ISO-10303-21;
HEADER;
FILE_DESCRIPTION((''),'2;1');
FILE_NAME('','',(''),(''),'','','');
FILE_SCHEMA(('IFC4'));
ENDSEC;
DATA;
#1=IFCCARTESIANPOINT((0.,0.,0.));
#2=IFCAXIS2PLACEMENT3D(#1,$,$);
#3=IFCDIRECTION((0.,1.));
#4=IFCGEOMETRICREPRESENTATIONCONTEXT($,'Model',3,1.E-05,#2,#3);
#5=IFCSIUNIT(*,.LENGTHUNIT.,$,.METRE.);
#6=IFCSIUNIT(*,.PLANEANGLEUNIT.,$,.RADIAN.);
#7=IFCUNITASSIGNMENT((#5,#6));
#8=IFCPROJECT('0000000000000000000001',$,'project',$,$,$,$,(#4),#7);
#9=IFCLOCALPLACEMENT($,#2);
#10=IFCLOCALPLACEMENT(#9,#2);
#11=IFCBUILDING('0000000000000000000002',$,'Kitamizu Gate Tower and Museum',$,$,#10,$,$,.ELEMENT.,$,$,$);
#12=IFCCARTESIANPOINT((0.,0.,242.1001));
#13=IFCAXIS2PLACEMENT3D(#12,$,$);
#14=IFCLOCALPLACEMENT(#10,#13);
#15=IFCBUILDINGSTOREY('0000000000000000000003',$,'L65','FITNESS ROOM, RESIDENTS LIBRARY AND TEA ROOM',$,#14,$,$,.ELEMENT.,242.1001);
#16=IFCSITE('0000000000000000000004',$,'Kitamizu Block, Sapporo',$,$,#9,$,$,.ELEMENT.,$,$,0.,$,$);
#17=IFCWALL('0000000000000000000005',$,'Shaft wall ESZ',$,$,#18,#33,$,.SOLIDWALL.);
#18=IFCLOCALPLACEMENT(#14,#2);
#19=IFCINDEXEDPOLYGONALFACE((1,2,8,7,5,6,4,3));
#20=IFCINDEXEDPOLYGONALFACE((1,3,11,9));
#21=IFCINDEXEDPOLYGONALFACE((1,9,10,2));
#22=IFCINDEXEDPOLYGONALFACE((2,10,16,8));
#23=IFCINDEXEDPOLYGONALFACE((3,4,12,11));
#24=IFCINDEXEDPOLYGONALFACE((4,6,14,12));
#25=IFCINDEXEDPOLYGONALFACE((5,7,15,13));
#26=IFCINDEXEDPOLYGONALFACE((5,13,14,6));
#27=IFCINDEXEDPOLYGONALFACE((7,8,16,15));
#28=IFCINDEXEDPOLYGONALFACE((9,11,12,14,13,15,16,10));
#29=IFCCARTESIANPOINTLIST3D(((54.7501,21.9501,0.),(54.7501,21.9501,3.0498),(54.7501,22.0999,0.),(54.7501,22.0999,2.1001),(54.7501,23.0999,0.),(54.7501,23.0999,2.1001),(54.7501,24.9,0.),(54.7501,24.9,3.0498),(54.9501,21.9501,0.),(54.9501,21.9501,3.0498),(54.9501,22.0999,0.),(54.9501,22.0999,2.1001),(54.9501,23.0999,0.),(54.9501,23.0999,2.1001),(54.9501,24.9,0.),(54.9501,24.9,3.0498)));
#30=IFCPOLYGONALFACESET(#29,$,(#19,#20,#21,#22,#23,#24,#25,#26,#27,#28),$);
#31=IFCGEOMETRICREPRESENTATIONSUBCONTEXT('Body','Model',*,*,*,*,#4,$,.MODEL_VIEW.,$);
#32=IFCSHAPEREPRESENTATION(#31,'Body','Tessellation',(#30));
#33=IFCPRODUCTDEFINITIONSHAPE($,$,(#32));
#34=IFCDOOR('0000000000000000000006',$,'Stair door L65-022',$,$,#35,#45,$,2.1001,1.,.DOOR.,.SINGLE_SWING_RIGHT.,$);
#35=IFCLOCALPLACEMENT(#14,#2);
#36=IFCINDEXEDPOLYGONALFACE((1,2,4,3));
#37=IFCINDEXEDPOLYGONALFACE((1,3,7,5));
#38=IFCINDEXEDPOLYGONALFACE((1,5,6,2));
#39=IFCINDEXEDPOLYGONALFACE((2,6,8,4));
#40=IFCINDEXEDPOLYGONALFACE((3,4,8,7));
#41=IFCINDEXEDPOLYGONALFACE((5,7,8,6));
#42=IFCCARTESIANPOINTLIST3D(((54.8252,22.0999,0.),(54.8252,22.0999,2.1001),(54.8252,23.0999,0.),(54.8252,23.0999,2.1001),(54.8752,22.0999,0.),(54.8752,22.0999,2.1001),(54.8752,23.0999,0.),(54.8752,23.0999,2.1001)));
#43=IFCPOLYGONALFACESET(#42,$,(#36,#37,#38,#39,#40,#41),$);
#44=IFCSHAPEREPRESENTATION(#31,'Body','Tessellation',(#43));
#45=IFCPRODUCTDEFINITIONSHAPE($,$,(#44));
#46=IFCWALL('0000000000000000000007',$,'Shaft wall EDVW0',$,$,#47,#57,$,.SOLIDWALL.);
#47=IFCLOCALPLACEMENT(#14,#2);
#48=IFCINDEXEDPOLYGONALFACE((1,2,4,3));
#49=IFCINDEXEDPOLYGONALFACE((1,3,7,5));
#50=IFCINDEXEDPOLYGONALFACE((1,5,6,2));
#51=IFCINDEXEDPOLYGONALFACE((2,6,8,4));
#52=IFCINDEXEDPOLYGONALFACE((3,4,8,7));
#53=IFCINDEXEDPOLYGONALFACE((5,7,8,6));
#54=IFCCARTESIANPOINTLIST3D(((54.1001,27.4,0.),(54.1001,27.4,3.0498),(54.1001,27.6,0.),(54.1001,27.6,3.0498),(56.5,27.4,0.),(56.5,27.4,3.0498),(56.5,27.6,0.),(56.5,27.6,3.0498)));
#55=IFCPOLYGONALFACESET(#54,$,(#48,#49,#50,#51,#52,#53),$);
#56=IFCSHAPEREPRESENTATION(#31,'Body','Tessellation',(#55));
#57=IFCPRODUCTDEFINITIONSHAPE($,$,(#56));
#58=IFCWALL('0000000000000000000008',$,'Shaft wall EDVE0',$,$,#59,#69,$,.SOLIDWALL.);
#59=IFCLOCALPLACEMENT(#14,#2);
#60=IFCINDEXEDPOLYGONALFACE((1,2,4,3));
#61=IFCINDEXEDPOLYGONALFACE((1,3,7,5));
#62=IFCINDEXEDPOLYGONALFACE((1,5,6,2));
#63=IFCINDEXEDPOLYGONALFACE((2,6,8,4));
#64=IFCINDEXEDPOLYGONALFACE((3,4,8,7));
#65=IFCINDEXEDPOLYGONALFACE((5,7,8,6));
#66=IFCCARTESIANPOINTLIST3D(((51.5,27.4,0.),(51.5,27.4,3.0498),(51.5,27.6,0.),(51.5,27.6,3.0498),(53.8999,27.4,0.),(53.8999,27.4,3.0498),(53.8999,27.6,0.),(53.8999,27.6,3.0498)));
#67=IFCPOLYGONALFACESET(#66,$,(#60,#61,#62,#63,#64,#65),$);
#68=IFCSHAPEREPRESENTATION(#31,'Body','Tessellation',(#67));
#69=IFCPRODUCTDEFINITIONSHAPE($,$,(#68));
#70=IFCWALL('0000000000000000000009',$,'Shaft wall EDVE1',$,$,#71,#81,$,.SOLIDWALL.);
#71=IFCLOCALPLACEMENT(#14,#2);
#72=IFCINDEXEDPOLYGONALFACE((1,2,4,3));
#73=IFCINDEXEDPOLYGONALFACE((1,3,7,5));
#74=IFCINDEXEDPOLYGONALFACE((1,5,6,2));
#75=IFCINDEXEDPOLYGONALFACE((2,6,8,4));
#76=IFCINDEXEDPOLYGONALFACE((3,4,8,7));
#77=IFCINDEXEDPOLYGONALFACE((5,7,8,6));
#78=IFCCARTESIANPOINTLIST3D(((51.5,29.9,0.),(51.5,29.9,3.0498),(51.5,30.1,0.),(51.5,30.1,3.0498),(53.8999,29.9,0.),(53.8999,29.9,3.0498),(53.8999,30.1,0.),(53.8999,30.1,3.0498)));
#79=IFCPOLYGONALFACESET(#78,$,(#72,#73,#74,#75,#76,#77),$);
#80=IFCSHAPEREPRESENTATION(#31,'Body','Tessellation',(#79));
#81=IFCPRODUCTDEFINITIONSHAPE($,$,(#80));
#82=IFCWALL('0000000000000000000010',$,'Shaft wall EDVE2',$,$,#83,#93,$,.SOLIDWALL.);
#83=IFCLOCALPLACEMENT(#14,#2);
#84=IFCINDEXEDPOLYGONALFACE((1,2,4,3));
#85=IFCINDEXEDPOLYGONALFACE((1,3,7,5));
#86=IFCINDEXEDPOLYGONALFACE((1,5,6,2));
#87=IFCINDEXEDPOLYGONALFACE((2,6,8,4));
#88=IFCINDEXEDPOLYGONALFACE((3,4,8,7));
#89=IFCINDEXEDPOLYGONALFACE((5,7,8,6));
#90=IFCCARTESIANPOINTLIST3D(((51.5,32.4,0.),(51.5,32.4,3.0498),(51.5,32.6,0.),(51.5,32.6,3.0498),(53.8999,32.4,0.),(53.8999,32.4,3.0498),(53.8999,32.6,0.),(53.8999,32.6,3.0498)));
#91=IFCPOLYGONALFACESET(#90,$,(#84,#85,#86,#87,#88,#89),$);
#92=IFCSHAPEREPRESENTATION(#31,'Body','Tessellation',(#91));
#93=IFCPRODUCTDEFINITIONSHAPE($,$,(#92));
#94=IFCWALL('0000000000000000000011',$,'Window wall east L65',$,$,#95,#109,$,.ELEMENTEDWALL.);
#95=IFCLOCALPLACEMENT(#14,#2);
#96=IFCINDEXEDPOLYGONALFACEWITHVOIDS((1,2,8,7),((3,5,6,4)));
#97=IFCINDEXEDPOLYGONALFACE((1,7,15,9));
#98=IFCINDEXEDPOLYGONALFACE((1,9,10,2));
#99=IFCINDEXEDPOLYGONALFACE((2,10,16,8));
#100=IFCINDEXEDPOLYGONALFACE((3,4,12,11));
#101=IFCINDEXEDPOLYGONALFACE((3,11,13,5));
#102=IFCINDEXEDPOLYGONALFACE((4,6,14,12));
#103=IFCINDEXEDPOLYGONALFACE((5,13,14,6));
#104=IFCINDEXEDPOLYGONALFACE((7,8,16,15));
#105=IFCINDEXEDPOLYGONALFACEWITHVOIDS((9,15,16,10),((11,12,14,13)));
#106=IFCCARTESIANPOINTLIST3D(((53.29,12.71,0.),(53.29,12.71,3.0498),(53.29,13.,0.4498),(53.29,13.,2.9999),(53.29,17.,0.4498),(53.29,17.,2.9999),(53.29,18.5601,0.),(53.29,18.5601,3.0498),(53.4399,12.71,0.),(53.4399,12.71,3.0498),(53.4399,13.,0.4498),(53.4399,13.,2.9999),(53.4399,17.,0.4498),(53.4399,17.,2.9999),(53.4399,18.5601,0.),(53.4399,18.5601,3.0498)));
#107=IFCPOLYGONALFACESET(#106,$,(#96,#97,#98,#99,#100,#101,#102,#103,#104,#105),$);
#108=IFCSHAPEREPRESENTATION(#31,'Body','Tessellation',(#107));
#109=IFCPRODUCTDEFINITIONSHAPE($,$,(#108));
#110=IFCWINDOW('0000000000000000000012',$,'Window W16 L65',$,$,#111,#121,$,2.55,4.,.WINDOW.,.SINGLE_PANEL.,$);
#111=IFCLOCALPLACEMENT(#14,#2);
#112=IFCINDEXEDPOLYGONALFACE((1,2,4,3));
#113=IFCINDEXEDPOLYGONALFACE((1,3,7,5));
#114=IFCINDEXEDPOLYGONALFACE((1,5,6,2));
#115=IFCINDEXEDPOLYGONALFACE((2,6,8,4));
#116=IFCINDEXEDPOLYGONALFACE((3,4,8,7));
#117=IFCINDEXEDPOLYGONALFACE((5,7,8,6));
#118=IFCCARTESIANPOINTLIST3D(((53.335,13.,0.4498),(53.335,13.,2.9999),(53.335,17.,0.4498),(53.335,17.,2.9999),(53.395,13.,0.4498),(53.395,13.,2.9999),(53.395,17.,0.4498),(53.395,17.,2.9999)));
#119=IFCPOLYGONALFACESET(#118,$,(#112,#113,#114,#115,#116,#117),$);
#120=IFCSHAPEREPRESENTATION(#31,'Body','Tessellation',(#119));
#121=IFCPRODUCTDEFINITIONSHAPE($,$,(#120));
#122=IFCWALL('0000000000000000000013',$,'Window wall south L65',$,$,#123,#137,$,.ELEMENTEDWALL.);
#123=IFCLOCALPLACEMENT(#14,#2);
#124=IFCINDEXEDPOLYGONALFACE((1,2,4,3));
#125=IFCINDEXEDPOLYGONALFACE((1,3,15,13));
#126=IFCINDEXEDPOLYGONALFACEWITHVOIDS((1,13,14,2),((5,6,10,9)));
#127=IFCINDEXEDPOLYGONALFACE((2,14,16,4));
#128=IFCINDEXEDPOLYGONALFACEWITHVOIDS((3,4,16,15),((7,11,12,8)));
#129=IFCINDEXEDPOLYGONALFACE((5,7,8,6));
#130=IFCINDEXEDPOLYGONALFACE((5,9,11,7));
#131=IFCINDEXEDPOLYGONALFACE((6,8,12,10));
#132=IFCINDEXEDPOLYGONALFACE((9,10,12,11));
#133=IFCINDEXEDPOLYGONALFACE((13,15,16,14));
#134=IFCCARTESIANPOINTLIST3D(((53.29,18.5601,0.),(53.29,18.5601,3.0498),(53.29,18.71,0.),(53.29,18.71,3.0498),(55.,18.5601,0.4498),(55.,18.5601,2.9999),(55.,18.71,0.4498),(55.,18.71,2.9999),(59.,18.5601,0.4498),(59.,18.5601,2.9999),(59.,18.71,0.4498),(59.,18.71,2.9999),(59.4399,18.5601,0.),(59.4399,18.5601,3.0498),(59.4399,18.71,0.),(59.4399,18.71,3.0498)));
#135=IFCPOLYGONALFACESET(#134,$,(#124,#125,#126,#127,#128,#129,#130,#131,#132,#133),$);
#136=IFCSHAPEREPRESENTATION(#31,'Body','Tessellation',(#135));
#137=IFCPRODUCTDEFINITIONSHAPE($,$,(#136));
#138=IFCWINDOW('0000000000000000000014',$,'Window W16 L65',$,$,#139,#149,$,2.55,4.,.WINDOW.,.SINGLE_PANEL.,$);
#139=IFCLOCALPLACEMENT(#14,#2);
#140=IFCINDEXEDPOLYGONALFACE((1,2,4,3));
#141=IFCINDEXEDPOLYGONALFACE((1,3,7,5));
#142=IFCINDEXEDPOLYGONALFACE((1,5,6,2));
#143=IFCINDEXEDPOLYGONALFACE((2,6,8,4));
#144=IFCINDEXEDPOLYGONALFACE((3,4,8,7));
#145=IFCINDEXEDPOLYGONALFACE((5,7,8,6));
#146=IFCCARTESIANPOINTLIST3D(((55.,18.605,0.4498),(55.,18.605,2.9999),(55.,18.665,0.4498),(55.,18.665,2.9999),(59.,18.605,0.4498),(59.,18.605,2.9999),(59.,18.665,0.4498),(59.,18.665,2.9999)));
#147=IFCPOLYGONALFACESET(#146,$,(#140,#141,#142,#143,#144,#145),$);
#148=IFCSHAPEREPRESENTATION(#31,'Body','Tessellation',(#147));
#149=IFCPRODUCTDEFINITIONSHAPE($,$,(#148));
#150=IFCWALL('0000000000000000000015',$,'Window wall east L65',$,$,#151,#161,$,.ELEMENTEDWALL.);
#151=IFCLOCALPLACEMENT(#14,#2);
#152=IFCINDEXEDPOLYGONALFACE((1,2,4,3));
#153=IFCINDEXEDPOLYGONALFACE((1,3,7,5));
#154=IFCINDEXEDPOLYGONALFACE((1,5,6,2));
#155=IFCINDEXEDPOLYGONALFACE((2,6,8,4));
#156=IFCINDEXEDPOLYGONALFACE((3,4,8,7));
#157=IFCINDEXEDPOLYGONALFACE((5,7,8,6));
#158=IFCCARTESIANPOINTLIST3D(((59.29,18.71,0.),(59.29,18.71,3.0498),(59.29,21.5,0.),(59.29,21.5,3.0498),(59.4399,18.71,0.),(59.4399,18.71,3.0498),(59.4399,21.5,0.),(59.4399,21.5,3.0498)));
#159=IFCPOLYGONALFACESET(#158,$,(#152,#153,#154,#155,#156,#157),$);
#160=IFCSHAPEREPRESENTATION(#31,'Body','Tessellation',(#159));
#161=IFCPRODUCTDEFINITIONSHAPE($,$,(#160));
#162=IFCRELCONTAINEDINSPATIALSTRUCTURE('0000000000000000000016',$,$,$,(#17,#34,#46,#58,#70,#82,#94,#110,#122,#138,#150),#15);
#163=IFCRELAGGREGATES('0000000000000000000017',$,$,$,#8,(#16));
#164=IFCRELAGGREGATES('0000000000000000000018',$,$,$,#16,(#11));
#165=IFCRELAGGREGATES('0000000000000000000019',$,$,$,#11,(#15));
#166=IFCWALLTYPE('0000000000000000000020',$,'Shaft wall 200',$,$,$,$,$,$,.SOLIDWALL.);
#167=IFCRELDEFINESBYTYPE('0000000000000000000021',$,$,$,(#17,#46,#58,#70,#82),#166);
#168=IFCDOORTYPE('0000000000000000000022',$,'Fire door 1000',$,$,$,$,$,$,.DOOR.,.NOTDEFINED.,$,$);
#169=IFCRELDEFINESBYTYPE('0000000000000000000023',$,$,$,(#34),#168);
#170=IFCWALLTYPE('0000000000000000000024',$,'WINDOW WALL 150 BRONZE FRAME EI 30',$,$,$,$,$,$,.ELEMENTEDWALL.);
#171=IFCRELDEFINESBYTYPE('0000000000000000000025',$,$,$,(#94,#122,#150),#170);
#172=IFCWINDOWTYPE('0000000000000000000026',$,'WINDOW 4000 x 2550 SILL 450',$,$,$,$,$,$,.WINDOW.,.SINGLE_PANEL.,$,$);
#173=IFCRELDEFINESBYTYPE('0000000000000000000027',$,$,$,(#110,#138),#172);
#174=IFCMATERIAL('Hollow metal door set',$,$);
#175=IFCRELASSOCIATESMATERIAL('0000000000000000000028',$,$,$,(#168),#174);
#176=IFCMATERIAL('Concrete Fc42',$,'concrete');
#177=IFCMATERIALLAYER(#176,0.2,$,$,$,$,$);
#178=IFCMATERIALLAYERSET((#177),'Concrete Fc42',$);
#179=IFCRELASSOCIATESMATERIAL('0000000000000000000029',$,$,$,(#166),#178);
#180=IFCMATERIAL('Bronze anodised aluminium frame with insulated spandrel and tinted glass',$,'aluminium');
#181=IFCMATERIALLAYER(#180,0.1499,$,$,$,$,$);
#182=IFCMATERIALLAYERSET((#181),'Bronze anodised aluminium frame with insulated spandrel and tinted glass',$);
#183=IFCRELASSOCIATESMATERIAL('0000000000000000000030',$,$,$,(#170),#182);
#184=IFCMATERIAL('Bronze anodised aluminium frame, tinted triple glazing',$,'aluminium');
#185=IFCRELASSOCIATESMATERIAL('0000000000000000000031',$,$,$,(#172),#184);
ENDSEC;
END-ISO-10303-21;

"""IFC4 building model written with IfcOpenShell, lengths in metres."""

from ifc_helpers import new_model, si_unit, direction, frame, frame_2d, origin, place, context, subcontext, project, spatial, rectangle, extrude, material, layer, layer_set, type_object, element, fill, save


model = new_model("IFC4")

# Units and contexts
model_context = context("Model", 3, precision=1e-05, world=origin(), true_north=direction((0.0, 1.0)))
body_context = subcontext(model_context, "Body", "Model", "MODEL_VIEW")
ifc_project = project(units=[si_unit("LENGTHUNIT", "METRE"), si_unit("PLANEANGLEUNIT", "RADIAN")], contexts=[model_context])

# Site, building, storey
site_placement = place(None, origin())
site = spatial("IfcSite", under=ifc_project, at=site_placement, Name="Kitamizu Block, Sapporo", CompositionType="ELEMENT", RefElevation=0.0)
building_placement = place(site_placement, origin())
building = spatial("IfcBuilding", under=site, at=building_placement, Name="Kitamizu Gate Tower and Museum", CompositionType="ELEMENT")
storey_placement = place(building_placement, frame((0.0, 0.0, 242.1001)))
storey = spatial("IfcBuildingStorey", under=building, at=storey_placement, Name="L65", Description="FITNESS ROOM, RESIDENTS LIBRARY AND TEA ROOM", CompositionType="ELEMENT", Elevation=242.1001)

# Shared definitions
ifc_material_1 = material(Name="Hollow metal door set")
door_type_1 = type_object("IfcDoorType", Name="Fire door 1000", OperationType="NOTDEFINED", PredefinedType="DOOR", material=ifc_material_1)

# Shared definitions
ifc_material_2 = material(Name="Concrete Fc42", Category="concrete")
ifc_layer_1 = layer(ifc_material_2, 0.2)
ifc_layer_set_1 = layer_set([ifc_layer_1], Name="Concrete Fc42")
wall_type_1 = type_object("IfcWallType", Name="Shaft wall 200", PredefinedType="SOLIDWALL", material=ifc_layer_set_1)

# Wall, opening, door
wall_1_placement = place(storey_placement, frame((54.8501, 21.95, 0.0), z_axis=(0.0, 0.0, 1.0), x_axis=(0.0, 1.0, 0.0)))
wall_1 = element("IfcWall", 1, at=wall_1_placement, inside=storey, type_object=wall_type_1, Name="Shaft wall ESZ", PredefinedType="SOLIDWALL", context=body_context, shape_type="SweptSolid", body=[
    extrude(rectangle(XDim=2.95, YDim=0.2, at=frame_2d((1.4751, 0.0))), origin(), (0.0, 0.0, 1.0), 3.0498),
])
opening_1_placement = place(wall_1_placement, frame((0.1499, 0.0, 0.0)))
opening_1 = element("IfcOpeningElement", 2, at=opening_1_placement, cuts=wall_1, PredefinedType="OPENING", context=body_context, shape_type="SweptSolid", body=[
    extrude(rectangle(XDim=1.0, YDim=2.1001, at=frame_2d((0.5, 1.05))), frame((0.0, 0.1099, 0.0), z_axis=(0.0, -1.0, 0.0), x_axis=(1.0, 0.0, 0.0)), (0.0, 0.0, 1.0), 0.22),
])
door_1_placement = place(opening_1_placement, origin())
door_1 = element("IfcDoor", 3, at=door_1_placement, inside=storey, type_object=door_type_1, Name="Stair door L65-022", OperationType="SINGLE_SWING_RIGHT", OverallHeight=2.1001, OverallWidth=1.0, PredefinedType="DOOR", context=body_context, shape_type="SweptSolid", body=[
    extrude(rectangle(XDim=1.0, YDim=2.1001, at=frame_2d((0.5, 1.05))), frame((0.0, 0.0249, 0.0), z_axis=(0.0, -1.0, 0.0), x_axis=(1.0, 0.0, 0.0)), (0.0, 0.0, 1.0), 0.05),
])
fill(opening_1, door_1)

# Walls
for number, where, z_axis, x_axis, name in (
    (4, (56.5, 27.5, 0.0), (0.0, 0.0, 1.0), (-1.0, 0.0, 0.0), "Shaft wall EDVW0"),
    (5, (53.8999, 27.5, 0.0), (0.0, 0.0, 1.0), (-1.0, 0.0, 0.0), "Shaft wall EDVE0"),
    (6, (53.8999, 30.0, 0.0), (0.0, 0.0, 1.0), (-1.0, 0.0, 0.0), "Shaft wall EDVE1"),
    (7, (53.8999, 32.5, 0.0), (0.0, 0.0, 1.0), (-1.0, 0.0, 0.0), "Shaft wall EDVE2"),
):
    element("IfcWall", number, at=place(storey_placement, frame(where, z_axis=z_axis, x_axis=x_axis)), inside=storey, type_object=wall_type_1, Name=name, PredefinedType="SOLIDWALL", context=body_context, shape_type="SweptSolid", body=[
        extrude(rectangle(XDim=2.3999, YDim=0.2, at=frame_2d((1.2, 0.0))), origin(), (0.0, 0.0, 1.0), 3.0498),
    ])

# Walls, openings, windows
ifc_material_3 = material(Name="Bronze anodised aluminium frame with insulated spandrel and tinted glass", Category="aluminium")
ifc_layer_2 = layer(ifc_material_3, 0.1499)
ifc_layer_set_2 = layer_set([ifc_layer_2], Name="Bronze anodised aluminium frame with insulated spandrel and tinted glass")
wall_type_2 = type_object("IfcWallType", Name="WINDOW WALL 150 BRONZE FRAME EI 30", PredefinedType="ELEMENTEDWALL", material=ifc_layer_set_2)
wall_2_placement = place(storey_placement, frame((53.365, 12.71, 0.0), z_axis=(0.0, 0.0, 1.0), x_axis=(0.0, 1.0, 0.0)))
wall_2 = element("IfcWall", 8, at=wall_2_placement, inside=storey, type_object=wall_type_2, Name="Window wall east L65", PredefinedType="ELEMENTEDWALL", context=body_context, shape_type="SweptSolid", body=[
    extrude(rectangle(XDim=5.8501, YDim=0.1499, at=frame_2d((2.925, 0.0))), origin(), (0.0, 0.0, 1.0), 3.0498),
])
opening_2_placement = place(wall_2_placement, frame((0.29, 0.0, 0.45)))
opening_2 = element("IfcOpeningElement", 9, at=opening_2_placement, cuts=wall_2, PredefinedType="OPENING", context=body_context, shape_type="SweptSolid", body=[
    extrude(rectangle(XDim=4.0, YDim=2.55, at=frame_2d((2.0, 1.2749))), frame((0.0, 0.085, 0.0), z_axis=(0.0, -1.0, 0.0), x_axis=(1.0, 0.0, 0.0)), (0.0, 0.0, 1.0), 0.1699),
])
ifc_material_4 = material(Name="Bronze anodised aluminium frame, tinted triple glazing", Category="aluminium")
window_type = type_object("IfcWindowType", Name="WINDOW 4000 x 2550 SILL 450", PartitioningType="SINGLE_PANEL", PredefinedType="WINDOW", material=ifc_material_4)
window_1_placement = place(opening_2_placement, origin())
window_1 = element("IfcWindow", 10, at=window_1_placement, inside=storey, type_object=window_type, Name="Window W16 L65", OverallHeight=2.55, OverallWidth=4.0, PartitioningType="SINGLE_PANEL", PredefinedType="WINDOW", context=body_context, shape_type="SweptSolid", body=[
    extrude(rectangle(XDim=4.0, YDim=2.55, at=frame_2d((2.0, 1.2749))), frame((0.0, 0.03, 0.0), z_axis=(0.0, -1.0, 0.0), x_axis=(1.0, 0.0, 0.0)), (0.0, 0.0, 1.0), 0.0601),
])
fill(opening_2, window_1)
wall_3_placement = place(storey_placement, frame((53.29, 18.635, 0.0), z_axis=(0.0, 0.0, 1.0), x_axis=(1.0, 0.0, 0.0)))
wall_3 = element("IfcWall", 11, at=wall_3_placement, inside=storey, type_object=wall_type_2, Name="Window wall south L65", PredefinedType="ELEMENTEDWALL", context=body_context, shape_type="SweptSolid", body=[
    extrude(rectangle(XDim=6.1499, YDim=0.1499, at=frame_2d((3.075, 0.0))), origin(), (0.0, 0.0, 1.0), 3.0498),
])
opening_3_placement = place(wall_3_placement, frame((1.71, 0.0, 0.45)))
opening_3 = element("IfcOpeningElement", 12, at=opening_3_placement, cuts=wall_3, PredefinedType="OPENING", context=body_context, shape_type="SweptSolid", body=[
    extrude(rectangle(XDim=4.0, YDim=2.55, at=frame_2d((2.0, 1.2749))), frame((0.0, 0.085, 0.0), z_axis=(0.0, -1.0, 0.0), x_axis=(1.0, 0.0, 0.0)), (0.0, 0.0, 1.0), 0.1699),
])
window_2_placement = place(opening_3_placement, origin())
window_2 = element("IfcWindow", 13, at=window_2_placement, inside=storey, type_object=window_type, Name="Window W16 L65", OverallHeight=2.55, OverallWidth=4.0, PartitioningType="SINGLE_PANEL", PredefinedType="WINDOW", context=body_context, shape_type="SweptSolid", body=[
    extrude(rectangle(XDim=4.0, YDim=2.55, at=frame_2d((2.0, 1.2749))), frame((0.0, 0.03, 0.0), z_axis=(0.0, -1.0, 0.0), x_axis=(1.0, 0.0, 0.0)), (0.0, 0.0, 1.0), 0.0601),
])
fill(opening_3, window_2)

# Wall
wall_4_placement = place(storey_placement, frame((59.365, 18.71, 0.0), z_axis=(0.0, 0.0, 1.0), x_axis=(0.0, 1.0, 0.0)))
element("IfcWall", 14, at=wall_4_placement, inside=storey, type_object=wall_type_2, Name="Window wall east L65", PredefinedType="ELEMENTEDWALL", context=body_context, shape_type="SweptSolid", body=[
    extrude(rectangle(XDim=2.79, YDim=0.1499, at=frame_2d((1.395, 0.0))), origin(), (0.0, 0.0, 1.0), 3.0498),
])

save(model, "model.ifc")
